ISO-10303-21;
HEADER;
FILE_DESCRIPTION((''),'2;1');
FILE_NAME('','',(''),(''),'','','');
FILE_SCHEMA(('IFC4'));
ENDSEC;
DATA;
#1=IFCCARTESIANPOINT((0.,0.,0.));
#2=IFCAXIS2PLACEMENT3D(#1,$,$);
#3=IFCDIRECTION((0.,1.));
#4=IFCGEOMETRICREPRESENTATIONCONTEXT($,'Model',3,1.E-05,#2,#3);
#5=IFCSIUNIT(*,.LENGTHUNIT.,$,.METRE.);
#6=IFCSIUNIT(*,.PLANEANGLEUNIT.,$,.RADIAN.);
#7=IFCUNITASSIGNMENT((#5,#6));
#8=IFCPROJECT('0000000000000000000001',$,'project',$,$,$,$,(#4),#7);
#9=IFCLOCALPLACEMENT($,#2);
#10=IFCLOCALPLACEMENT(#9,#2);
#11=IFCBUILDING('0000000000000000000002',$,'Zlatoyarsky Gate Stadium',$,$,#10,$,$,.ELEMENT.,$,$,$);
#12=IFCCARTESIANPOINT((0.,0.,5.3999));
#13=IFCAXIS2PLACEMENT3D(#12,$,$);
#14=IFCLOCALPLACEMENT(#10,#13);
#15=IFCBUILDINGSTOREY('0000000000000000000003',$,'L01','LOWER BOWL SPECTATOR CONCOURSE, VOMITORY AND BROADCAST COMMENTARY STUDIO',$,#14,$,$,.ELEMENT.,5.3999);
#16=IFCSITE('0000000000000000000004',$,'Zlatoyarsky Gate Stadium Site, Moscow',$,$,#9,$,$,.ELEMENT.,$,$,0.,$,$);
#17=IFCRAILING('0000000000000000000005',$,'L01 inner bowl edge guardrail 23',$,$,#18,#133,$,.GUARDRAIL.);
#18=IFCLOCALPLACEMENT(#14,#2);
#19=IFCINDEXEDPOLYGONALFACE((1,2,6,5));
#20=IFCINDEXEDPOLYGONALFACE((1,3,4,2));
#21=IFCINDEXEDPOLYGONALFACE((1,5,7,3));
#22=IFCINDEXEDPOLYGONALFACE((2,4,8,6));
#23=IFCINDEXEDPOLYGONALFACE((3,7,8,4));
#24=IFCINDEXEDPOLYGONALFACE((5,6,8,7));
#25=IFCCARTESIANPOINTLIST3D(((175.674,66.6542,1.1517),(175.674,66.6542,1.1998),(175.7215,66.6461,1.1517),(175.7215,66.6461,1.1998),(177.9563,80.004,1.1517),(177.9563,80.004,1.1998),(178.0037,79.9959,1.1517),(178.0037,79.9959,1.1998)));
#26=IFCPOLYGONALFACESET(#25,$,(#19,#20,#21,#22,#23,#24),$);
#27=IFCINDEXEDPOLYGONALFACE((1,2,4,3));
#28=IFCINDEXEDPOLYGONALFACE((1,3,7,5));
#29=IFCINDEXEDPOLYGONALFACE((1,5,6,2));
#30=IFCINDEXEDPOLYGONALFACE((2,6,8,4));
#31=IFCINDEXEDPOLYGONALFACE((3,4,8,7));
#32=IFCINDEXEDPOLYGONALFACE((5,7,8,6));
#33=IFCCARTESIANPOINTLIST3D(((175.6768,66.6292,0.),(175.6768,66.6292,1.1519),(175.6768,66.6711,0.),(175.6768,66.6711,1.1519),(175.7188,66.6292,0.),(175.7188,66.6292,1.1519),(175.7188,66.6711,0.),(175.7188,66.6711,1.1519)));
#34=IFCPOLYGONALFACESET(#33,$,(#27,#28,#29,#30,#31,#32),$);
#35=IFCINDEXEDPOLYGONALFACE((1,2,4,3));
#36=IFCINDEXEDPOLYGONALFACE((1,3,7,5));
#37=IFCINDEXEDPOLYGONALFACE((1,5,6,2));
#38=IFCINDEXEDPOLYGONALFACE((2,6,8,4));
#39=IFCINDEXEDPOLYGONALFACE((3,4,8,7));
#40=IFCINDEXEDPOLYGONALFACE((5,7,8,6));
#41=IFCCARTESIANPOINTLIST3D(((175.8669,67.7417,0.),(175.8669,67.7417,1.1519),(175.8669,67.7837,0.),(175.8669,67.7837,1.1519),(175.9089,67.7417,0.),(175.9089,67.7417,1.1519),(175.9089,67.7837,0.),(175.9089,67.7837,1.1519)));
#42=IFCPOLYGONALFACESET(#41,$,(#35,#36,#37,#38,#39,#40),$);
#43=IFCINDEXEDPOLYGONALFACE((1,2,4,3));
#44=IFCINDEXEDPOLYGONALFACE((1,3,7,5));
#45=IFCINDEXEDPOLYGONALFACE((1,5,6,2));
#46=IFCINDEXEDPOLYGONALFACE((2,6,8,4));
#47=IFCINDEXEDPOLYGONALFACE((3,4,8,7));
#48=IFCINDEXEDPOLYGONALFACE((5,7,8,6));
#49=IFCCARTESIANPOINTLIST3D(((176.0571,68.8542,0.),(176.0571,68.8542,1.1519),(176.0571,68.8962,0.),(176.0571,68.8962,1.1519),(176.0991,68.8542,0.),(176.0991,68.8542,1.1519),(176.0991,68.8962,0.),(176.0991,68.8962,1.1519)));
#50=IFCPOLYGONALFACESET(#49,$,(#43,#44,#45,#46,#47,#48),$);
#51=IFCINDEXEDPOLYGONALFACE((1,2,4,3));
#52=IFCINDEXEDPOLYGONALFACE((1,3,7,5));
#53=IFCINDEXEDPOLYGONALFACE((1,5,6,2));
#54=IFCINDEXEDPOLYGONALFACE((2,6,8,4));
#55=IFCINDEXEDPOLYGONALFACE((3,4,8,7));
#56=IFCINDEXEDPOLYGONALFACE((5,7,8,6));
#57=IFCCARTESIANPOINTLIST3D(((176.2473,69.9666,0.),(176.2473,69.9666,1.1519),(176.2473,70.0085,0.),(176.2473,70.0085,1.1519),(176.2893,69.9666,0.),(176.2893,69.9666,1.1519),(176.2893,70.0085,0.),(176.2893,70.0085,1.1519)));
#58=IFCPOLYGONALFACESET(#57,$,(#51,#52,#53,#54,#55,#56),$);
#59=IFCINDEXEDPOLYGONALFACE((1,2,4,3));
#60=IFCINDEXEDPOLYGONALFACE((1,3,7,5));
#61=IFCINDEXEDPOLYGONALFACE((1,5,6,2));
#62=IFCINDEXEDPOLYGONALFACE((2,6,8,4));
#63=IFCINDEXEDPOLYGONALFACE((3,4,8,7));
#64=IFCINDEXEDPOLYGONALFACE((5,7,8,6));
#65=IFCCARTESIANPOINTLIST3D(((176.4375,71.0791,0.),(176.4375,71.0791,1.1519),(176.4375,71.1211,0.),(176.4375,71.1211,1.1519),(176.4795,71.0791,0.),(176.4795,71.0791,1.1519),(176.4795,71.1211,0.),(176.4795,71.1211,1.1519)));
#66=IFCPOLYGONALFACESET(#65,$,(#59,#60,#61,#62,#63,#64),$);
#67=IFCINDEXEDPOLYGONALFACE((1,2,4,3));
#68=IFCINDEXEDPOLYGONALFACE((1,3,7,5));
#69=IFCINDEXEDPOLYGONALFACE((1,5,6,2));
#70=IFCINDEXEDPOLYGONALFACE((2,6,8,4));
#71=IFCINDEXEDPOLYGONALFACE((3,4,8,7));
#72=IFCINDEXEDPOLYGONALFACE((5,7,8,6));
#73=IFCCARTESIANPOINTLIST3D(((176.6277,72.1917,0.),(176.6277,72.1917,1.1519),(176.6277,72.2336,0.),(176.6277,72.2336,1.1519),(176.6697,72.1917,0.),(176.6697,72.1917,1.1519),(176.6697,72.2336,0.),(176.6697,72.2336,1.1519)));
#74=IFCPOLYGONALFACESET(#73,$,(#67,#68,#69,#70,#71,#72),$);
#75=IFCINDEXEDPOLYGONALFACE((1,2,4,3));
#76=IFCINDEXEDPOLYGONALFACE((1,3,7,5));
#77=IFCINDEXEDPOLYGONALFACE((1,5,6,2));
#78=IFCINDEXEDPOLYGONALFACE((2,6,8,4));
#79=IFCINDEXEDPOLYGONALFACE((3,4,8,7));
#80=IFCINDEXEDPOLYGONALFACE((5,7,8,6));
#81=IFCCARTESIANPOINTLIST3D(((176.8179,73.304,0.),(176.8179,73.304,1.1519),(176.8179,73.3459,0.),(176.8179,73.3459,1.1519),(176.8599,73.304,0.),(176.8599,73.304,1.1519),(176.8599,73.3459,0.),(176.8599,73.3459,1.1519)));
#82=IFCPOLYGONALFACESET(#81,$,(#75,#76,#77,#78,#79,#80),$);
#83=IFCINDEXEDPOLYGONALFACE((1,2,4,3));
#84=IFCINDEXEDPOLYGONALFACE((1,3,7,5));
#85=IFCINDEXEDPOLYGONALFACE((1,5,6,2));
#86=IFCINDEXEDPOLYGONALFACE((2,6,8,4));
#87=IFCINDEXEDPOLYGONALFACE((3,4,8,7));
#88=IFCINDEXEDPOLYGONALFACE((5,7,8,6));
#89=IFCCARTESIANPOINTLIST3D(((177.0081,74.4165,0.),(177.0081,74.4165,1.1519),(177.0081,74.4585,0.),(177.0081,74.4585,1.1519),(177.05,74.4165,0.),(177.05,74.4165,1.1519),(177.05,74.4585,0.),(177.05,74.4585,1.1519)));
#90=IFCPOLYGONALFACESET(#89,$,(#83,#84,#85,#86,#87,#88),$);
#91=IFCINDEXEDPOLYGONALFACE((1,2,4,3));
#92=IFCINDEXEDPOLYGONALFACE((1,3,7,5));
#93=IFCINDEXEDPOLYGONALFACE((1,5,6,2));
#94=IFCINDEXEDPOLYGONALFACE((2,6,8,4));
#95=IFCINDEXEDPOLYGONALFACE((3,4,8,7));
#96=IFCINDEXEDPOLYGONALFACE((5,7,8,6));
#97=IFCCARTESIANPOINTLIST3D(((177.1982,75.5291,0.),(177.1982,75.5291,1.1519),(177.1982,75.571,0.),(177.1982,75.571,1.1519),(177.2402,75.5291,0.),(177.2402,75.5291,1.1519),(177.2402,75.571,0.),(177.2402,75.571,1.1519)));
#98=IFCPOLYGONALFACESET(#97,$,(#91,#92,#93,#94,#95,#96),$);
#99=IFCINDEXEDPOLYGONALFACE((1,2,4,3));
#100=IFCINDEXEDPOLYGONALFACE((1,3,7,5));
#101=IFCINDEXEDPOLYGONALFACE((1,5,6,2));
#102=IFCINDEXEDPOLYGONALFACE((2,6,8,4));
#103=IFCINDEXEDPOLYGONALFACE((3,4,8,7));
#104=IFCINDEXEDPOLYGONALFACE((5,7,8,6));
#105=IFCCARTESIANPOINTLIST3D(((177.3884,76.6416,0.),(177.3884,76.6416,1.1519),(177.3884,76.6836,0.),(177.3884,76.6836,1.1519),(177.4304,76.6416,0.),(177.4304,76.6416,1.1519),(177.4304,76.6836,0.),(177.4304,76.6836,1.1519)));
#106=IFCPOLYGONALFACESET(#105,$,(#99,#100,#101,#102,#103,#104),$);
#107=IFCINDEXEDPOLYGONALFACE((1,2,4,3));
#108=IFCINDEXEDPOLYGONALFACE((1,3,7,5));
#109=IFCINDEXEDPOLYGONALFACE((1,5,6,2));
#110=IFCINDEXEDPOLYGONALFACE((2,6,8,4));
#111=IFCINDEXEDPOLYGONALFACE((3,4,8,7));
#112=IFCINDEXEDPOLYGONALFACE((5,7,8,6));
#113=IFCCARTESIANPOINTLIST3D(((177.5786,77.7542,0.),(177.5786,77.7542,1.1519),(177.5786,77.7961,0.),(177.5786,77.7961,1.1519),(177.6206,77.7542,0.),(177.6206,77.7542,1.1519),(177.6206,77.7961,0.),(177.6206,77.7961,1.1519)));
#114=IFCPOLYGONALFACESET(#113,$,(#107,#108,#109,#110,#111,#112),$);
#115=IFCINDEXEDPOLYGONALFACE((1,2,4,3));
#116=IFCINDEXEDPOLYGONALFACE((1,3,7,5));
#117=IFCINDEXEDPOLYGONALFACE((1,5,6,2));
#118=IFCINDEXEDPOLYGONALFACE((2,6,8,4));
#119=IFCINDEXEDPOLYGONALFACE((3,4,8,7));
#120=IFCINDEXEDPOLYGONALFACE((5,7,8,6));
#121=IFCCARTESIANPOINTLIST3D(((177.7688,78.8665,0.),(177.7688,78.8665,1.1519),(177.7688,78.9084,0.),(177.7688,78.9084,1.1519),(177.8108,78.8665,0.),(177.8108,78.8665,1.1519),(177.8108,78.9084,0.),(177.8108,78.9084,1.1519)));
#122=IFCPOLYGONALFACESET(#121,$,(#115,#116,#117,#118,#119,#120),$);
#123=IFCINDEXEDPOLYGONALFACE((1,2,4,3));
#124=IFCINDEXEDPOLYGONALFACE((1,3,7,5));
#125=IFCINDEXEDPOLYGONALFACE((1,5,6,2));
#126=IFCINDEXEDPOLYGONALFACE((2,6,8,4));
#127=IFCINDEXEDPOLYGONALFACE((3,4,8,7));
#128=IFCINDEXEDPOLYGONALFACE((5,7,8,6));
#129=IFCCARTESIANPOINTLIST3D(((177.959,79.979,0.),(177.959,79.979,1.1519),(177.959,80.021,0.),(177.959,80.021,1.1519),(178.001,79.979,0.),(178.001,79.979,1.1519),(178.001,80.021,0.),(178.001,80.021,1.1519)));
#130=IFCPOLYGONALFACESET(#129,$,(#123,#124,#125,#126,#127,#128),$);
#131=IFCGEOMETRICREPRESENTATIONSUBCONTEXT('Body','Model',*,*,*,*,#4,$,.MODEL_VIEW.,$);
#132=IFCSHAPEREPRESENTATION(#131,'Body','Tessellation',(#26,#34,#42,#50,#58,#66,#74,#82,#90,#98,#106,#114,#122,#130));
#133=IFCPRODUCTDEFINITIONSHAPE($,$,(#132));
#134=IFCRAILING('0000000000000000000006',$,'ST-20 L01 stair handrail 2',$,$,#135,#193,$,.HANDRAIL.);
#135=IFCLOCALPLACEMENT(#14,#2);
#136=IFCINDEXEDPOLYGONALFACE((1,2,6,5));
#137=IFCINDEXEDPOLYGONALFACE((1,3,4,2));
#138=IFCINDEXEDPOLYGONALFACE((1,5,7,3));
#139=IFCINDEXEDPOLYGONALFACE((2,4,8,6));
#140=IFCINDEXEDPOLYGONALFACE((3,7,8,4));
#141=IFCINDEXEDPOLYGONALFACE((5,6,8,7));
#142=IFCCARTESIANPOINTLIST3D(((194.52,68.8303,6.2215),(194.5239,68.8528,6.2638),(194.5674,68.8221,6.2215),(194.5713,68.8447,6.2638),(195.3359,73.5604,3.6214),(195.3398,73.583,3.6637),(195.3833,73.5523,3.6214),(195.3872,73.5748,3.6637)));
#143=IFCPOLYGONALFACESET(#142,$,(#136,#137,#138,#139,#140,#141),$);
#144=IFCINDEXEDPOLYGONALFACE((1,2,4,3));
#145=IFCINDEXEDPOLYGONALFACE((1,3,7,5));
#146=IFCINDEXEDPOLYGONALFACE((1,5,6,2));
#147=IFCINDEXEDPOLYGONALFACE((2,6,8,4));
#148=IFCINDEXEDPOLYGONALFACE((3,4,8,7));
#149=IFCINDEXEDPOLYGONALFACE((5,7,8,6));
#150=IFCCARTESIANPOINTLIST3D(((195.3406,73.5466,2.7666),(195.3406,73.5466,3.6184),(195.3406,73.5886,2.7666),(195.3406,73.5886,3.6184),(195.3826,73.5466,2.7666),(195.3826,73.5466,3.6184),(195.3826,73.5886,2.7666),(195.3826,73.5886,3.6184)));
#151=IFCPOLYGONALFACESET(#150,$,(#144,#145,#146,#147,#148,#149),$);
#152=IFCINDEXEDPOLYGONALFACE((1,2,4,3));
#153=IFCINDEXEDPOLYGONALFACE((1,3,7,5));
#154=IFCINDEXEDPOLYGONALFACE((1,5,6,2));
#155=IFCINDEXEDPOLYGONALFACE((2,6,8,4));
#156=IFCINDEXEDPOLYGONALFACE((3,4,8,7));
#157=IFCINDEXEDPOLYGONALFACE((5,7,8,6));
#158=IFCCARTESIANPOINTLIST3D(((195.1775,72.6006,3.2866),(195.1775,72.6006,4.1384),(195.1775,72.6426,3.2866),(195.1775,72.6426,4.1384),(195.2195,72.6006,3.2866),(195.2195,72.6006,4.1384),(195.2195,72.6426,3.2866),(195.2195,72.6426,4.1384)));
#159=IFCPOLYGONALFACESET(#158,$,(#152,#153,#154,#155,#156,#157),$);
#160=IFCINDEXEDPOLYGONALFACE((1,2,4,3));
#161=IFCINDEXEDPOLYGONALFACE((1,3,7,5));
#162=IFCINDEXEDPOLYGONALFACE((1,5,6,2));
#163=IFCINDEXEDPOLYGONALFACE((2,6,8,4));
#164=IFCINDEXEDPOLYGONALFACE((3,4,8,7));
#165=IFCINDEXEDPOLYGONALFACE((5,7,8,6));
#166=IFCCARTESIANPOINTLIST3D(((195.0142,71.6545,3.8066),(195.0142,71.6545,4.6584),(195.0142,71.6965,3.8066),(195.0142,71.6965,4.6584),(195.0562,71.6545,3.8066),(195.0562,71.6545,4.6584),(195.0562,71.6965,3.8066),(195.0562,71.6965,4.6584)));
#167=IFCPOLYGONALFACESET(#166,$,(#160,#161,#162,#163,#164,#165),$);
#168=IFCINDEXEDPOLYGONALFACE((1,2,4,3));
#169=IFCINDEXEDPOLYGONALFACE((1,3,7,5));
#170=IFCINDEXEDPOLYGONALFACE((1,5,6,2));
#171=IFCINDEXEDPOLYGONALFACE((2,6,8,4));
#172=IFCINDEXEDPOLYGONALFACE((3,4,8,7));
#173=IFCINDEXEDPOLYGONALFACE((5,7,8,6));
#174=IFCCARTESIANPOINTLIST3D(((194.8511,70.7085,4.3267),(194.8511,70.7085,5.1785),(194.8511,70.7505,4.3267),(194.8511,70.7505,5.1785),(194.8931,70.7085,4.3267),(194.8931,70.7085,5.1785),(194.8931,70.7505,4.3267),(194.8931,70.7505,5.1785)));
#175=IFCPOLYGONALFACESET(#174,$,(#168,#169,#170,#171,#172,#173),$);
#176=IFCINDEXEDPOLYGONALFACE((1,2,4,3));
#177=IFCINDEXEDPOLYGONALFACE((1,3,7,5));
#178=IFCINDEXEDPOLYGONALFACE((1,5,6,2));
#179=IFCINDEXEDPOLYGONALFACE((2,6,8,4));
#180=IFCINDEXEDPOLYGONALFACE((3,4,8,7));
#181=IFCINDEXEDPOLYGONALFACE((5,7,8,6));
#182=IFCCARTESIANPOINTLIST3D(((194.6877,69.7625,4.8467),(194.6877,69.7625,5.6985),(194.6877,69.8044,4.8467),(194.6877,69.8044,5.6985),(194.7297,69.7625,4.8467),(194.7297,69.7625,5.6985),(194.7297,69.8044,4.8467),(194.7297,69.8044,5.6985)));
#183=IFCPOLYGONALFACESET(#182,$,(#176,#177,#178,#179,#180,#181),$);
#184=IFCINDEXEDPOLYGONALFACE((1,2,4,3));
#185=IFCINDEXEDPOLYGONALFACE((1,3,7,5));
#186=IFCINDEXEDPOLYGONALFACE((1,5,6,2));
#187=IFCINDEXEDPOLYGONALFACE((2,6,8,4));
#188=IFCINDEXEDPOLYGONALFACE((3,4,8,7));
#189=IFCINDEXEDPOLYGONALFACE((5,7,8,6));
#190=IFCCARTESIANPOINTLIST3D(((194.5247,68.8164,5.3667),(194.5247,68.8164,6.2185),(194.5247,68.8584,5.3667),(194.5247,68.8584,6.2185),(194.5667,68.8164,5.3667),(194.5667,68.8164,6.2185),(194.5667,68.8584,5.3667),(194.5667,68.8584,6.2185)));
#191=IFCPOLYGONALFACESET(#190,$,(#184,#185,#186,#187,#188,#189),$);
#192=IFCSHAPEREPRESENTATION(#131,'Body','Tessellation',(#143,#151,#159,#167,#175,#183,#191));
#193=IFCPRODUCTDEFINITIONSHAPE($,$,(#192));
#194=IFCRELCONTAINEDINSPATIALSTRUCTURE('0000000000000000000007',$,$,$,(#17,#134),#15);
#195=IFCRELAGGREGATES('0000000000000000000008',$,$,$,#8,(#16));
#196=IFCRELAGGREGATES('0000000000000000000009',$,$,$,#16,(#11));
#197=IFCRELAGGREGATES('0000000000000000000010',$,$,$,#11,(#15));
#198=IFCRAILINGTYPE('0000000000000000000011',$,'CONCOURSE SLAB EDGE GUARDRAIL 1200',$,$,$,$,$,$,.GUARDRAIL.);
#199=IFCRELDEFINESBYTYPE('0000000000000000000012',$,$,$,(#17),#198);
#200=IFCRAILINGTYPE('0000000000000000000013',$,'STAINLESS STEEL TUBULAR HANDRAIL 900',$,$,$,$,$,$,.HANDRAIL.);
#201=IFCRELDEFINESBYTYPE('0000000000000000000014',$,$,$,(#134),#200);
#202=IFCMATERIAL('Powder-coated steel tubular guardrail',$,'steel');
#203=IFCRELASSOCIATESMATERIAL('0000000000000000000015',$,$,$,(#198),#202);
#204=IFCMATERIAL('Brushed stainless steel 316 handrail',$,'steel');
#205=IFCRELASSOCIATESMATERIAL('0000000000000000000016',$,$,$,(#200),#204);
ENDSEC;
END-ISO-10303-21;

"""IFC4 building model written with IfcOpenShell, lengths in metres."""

from ifc_helpers import new_model, si_unit, direction, frame, origin, origin_2d, place, context, subcontext, project, spatial, rectangle, extrude, material, type_object, element, save


model = new_model("IFC4")

# Units and contexts
model_context = context("Model", 3, precision=1e-05, world=origin(), true_north=direction((0.0, 1.0)))
body_context = subcontext(model_context, "Body", "Model", "MODEL_VIEW")
ifc_project = project(units=[si_unit("LENGTHUNIT", "METRE"), si_unit("PLANEANGLEUNIT", "RADIAN")], contexts=[model_context])

# Site, building, storey
site_placement = place(None, origin())
site = spatial("IfcSite", under=ifc_project, at=site_placement, Name="Zlatoyarsky Gate Stadium Site, Moscow", CompositionType="ELEMENT", RefElevation=0.0)
building_placement = place(site_placement, origin())
building = spatial("IfcBuilding", under=site, at=building_placement, Name="Zlatoyarsky Gate Stadium", CompositionType="ELEMENT")
storey_placement = place(building_placement, frame((0.0, 0.0, 5.3999)))
storey = spatial("IfcBuildingStorey", under=building, at=storey_placement, Name="L01", Description="LOWER BOWL SPECTATOR CONCOURSE, VOMITORY AND BROADCAST COMMENTARY STUDIO", CompositionType="ELEMENT", Elevation=5.3999)

# Railings
ifc_material_1 = material(Name="Powder-coated steel tubular guardrail", Category="steel")
railing_type_1 = type_object("IfcRailingType", Name="CONCOURSE SLAB EDGE GUARDRAIL 1200", PredefinedType="GUARDRAIL", material=ifc_material_1)
railing_1_placement = place(storey_placement, frame((175.6978, 66.6501, 0.0)))
element("IfcRailing", 1, at=railing_1_placement, inside=storey, type_object=railing_type_1, Name="L01 inner bowl edge guardrail 23", PredefinedType="GUARDRAIL", context=body_context, shape_type="SweptSolid", body=[
    extrude(rectangle(XDim=0.0481, YDim=0.0481, at=origin_2d()), frame((0.0, 0.0, 1.1758), z_axis=(0.16851, 0.9857, 0.0), x_axis=(-0.9857, 0.16851, 0.0)), (0.0, 0.0, 1.0), 13.5435),
    extrude(rectangle(XDim=0.042, YDim=0.042, at=origin_2d()), origin(), (0.0, 0.0, 1.0), 1.1519),
    extrude(rectangle(XDim=0.042, YDim=0.042, at=origin_2d()), frame((0.1902, 1.1125, 0.0)), (0.0, 0.0, 1.0), 1.1519),
    extrude(rectangle(XDim=0.042, YDim=0.042, at=origin_2d()), frame((0.3804, 2.2251, 0.0)), (0.0, 0.0, 1.0), 1.1519),
    extrude(rectangle(XDim=0.042, YDim=0.042, at=origin_2d()), frame((0.5706, 3.3374, 0.0)), (0.0, 0.0, 1.0), 1.1519),
    extrude(rectangle(XDim=0.042, YDim=0.042, at=origin_2d()), frame((0.7607, 4.45, 0.0)), (0.0, 0.0, 1.0), 1.1519),
    extrude(rectangle(XDim=0.042, YDim=0.042, at=origin_2d()), frame((0.9509, 5.5625, 0.0)), (0.0, 0.0, 1.0), 1.1519),
    extrude(rectangle(XDim=0.042, YDim=0.042, at=origin_2d()), frame((1.1411, 6.6748, 0.0)), (0.0, 0.0, 1.0), 1.1519),
    extrude(rectangle(XDim=0.042, YDim=0.042, at=origin_2d()), frame((1.3313, 7.7874, 0.0)), (0.0, 0.0, 1.0), 1.1519),
    extrude(rectangle(XDim=0.042, YDim=0.042, at=origin_2d()), frame((1.5215, 8.8999, 0.0)), (0.0, 0.0, 1.0), 1.1519),
    extrude(rectangle(XDim=0.042, YDim=0.042, at=origin_2d()), frame((1.7117, 10.0125, 0.0)), (0.0, 0.0, 1.0), 1.1519),
    extrude(rectangle(XDim=0.042, YDim=0.042, at=origin_2d()), frame((1.9019, 11.125, 0.0)), (0.0, 0.0, 1.0), 1.1519),
    extrude(rectangle(XDim=0.042, YDim=0.042, at=origin_2d()), frame((2.092, 12.2373, 0.0)), (0.0, 0.0, 1.0), 1.1519),
    extrude(rectangle(XDim=0.042, YDim=0.042, at=origin_2d()), frame((2.2822, 13.3499, 0.0)), (0.0, 0.0, 1.0), 1.1519),
])
ifc_material_2 = material(Name="Brushed stainless steel 316 handrail", Category="steel")
railing_type_2 = type_object("IfcRailingType", Name="STAINLESS STEEL TUBULAR HANDRAIL 900", PredefinedType="HANDRAIL", material=ifc_material_2)
railing_2_placement = place(storey_placement, frame((195.3616, 73.5676, 2.7666)))
element("IfcRailing", 2, at=railing_2_placement, inside=storey, type_object=railing_type_2, Name="ST-20 L01 stair handrail 2", PredefinedType="HANDRAIL", context=body_context, shape_type="SweptSolid", body=[
    extrude(rectangle(XDim=0.0481, YDim=0.0481, at=origin_2d()), frame((0.0, 0.0, 0.876), z_axis=(-0.149461, -0.866492, 0.476291), x_axis=(0.985447, -0.16998, 0.0)), (0.0, 0.0, 1.0), 5.459),
    extrude(rectangle(XDim=0.042, YDim=0.042, at=origin_2d()), origin(), (0.0, 0.0, 1.0), 0.8518),
    extrude(rectangle(XDim=0.042, YDim=0.042, at=origin_2d()), frame((-0.1631, -0.946, 0.52)), (0.0, 0.0, 1.0), 0.8518),
    extrude(rectangle(XDim=0.042, YDim=0.042, at=origin_2d()), frame((-0.3264, -1.8921, 1.04)), (0.0, 0.0, 1.0), 0.8518),
    extrude(rectangle(XDim=0.042, YDim=0.042, at=origin_2d()), frame((-0.4895, -2.8381, 1.5601)), (0.0, 0.0, 1.0), 0.8518),
    extrude(rectangle(XDim=0.042, YDim=0.042, at=origin_2d()), frame((-0.6528, -3.7842, 2.0801)), (0.0, 0.0, 1.0), 0.8518),
    extrude(rectangle(XDim=0.042, YDim=0.042, at=origin_2d()), frame((-0.8159, -4.7302, 2.6001)), (0.0, 0.0, 1.0), 0.8518),
])

save(model, "model.ifc")
